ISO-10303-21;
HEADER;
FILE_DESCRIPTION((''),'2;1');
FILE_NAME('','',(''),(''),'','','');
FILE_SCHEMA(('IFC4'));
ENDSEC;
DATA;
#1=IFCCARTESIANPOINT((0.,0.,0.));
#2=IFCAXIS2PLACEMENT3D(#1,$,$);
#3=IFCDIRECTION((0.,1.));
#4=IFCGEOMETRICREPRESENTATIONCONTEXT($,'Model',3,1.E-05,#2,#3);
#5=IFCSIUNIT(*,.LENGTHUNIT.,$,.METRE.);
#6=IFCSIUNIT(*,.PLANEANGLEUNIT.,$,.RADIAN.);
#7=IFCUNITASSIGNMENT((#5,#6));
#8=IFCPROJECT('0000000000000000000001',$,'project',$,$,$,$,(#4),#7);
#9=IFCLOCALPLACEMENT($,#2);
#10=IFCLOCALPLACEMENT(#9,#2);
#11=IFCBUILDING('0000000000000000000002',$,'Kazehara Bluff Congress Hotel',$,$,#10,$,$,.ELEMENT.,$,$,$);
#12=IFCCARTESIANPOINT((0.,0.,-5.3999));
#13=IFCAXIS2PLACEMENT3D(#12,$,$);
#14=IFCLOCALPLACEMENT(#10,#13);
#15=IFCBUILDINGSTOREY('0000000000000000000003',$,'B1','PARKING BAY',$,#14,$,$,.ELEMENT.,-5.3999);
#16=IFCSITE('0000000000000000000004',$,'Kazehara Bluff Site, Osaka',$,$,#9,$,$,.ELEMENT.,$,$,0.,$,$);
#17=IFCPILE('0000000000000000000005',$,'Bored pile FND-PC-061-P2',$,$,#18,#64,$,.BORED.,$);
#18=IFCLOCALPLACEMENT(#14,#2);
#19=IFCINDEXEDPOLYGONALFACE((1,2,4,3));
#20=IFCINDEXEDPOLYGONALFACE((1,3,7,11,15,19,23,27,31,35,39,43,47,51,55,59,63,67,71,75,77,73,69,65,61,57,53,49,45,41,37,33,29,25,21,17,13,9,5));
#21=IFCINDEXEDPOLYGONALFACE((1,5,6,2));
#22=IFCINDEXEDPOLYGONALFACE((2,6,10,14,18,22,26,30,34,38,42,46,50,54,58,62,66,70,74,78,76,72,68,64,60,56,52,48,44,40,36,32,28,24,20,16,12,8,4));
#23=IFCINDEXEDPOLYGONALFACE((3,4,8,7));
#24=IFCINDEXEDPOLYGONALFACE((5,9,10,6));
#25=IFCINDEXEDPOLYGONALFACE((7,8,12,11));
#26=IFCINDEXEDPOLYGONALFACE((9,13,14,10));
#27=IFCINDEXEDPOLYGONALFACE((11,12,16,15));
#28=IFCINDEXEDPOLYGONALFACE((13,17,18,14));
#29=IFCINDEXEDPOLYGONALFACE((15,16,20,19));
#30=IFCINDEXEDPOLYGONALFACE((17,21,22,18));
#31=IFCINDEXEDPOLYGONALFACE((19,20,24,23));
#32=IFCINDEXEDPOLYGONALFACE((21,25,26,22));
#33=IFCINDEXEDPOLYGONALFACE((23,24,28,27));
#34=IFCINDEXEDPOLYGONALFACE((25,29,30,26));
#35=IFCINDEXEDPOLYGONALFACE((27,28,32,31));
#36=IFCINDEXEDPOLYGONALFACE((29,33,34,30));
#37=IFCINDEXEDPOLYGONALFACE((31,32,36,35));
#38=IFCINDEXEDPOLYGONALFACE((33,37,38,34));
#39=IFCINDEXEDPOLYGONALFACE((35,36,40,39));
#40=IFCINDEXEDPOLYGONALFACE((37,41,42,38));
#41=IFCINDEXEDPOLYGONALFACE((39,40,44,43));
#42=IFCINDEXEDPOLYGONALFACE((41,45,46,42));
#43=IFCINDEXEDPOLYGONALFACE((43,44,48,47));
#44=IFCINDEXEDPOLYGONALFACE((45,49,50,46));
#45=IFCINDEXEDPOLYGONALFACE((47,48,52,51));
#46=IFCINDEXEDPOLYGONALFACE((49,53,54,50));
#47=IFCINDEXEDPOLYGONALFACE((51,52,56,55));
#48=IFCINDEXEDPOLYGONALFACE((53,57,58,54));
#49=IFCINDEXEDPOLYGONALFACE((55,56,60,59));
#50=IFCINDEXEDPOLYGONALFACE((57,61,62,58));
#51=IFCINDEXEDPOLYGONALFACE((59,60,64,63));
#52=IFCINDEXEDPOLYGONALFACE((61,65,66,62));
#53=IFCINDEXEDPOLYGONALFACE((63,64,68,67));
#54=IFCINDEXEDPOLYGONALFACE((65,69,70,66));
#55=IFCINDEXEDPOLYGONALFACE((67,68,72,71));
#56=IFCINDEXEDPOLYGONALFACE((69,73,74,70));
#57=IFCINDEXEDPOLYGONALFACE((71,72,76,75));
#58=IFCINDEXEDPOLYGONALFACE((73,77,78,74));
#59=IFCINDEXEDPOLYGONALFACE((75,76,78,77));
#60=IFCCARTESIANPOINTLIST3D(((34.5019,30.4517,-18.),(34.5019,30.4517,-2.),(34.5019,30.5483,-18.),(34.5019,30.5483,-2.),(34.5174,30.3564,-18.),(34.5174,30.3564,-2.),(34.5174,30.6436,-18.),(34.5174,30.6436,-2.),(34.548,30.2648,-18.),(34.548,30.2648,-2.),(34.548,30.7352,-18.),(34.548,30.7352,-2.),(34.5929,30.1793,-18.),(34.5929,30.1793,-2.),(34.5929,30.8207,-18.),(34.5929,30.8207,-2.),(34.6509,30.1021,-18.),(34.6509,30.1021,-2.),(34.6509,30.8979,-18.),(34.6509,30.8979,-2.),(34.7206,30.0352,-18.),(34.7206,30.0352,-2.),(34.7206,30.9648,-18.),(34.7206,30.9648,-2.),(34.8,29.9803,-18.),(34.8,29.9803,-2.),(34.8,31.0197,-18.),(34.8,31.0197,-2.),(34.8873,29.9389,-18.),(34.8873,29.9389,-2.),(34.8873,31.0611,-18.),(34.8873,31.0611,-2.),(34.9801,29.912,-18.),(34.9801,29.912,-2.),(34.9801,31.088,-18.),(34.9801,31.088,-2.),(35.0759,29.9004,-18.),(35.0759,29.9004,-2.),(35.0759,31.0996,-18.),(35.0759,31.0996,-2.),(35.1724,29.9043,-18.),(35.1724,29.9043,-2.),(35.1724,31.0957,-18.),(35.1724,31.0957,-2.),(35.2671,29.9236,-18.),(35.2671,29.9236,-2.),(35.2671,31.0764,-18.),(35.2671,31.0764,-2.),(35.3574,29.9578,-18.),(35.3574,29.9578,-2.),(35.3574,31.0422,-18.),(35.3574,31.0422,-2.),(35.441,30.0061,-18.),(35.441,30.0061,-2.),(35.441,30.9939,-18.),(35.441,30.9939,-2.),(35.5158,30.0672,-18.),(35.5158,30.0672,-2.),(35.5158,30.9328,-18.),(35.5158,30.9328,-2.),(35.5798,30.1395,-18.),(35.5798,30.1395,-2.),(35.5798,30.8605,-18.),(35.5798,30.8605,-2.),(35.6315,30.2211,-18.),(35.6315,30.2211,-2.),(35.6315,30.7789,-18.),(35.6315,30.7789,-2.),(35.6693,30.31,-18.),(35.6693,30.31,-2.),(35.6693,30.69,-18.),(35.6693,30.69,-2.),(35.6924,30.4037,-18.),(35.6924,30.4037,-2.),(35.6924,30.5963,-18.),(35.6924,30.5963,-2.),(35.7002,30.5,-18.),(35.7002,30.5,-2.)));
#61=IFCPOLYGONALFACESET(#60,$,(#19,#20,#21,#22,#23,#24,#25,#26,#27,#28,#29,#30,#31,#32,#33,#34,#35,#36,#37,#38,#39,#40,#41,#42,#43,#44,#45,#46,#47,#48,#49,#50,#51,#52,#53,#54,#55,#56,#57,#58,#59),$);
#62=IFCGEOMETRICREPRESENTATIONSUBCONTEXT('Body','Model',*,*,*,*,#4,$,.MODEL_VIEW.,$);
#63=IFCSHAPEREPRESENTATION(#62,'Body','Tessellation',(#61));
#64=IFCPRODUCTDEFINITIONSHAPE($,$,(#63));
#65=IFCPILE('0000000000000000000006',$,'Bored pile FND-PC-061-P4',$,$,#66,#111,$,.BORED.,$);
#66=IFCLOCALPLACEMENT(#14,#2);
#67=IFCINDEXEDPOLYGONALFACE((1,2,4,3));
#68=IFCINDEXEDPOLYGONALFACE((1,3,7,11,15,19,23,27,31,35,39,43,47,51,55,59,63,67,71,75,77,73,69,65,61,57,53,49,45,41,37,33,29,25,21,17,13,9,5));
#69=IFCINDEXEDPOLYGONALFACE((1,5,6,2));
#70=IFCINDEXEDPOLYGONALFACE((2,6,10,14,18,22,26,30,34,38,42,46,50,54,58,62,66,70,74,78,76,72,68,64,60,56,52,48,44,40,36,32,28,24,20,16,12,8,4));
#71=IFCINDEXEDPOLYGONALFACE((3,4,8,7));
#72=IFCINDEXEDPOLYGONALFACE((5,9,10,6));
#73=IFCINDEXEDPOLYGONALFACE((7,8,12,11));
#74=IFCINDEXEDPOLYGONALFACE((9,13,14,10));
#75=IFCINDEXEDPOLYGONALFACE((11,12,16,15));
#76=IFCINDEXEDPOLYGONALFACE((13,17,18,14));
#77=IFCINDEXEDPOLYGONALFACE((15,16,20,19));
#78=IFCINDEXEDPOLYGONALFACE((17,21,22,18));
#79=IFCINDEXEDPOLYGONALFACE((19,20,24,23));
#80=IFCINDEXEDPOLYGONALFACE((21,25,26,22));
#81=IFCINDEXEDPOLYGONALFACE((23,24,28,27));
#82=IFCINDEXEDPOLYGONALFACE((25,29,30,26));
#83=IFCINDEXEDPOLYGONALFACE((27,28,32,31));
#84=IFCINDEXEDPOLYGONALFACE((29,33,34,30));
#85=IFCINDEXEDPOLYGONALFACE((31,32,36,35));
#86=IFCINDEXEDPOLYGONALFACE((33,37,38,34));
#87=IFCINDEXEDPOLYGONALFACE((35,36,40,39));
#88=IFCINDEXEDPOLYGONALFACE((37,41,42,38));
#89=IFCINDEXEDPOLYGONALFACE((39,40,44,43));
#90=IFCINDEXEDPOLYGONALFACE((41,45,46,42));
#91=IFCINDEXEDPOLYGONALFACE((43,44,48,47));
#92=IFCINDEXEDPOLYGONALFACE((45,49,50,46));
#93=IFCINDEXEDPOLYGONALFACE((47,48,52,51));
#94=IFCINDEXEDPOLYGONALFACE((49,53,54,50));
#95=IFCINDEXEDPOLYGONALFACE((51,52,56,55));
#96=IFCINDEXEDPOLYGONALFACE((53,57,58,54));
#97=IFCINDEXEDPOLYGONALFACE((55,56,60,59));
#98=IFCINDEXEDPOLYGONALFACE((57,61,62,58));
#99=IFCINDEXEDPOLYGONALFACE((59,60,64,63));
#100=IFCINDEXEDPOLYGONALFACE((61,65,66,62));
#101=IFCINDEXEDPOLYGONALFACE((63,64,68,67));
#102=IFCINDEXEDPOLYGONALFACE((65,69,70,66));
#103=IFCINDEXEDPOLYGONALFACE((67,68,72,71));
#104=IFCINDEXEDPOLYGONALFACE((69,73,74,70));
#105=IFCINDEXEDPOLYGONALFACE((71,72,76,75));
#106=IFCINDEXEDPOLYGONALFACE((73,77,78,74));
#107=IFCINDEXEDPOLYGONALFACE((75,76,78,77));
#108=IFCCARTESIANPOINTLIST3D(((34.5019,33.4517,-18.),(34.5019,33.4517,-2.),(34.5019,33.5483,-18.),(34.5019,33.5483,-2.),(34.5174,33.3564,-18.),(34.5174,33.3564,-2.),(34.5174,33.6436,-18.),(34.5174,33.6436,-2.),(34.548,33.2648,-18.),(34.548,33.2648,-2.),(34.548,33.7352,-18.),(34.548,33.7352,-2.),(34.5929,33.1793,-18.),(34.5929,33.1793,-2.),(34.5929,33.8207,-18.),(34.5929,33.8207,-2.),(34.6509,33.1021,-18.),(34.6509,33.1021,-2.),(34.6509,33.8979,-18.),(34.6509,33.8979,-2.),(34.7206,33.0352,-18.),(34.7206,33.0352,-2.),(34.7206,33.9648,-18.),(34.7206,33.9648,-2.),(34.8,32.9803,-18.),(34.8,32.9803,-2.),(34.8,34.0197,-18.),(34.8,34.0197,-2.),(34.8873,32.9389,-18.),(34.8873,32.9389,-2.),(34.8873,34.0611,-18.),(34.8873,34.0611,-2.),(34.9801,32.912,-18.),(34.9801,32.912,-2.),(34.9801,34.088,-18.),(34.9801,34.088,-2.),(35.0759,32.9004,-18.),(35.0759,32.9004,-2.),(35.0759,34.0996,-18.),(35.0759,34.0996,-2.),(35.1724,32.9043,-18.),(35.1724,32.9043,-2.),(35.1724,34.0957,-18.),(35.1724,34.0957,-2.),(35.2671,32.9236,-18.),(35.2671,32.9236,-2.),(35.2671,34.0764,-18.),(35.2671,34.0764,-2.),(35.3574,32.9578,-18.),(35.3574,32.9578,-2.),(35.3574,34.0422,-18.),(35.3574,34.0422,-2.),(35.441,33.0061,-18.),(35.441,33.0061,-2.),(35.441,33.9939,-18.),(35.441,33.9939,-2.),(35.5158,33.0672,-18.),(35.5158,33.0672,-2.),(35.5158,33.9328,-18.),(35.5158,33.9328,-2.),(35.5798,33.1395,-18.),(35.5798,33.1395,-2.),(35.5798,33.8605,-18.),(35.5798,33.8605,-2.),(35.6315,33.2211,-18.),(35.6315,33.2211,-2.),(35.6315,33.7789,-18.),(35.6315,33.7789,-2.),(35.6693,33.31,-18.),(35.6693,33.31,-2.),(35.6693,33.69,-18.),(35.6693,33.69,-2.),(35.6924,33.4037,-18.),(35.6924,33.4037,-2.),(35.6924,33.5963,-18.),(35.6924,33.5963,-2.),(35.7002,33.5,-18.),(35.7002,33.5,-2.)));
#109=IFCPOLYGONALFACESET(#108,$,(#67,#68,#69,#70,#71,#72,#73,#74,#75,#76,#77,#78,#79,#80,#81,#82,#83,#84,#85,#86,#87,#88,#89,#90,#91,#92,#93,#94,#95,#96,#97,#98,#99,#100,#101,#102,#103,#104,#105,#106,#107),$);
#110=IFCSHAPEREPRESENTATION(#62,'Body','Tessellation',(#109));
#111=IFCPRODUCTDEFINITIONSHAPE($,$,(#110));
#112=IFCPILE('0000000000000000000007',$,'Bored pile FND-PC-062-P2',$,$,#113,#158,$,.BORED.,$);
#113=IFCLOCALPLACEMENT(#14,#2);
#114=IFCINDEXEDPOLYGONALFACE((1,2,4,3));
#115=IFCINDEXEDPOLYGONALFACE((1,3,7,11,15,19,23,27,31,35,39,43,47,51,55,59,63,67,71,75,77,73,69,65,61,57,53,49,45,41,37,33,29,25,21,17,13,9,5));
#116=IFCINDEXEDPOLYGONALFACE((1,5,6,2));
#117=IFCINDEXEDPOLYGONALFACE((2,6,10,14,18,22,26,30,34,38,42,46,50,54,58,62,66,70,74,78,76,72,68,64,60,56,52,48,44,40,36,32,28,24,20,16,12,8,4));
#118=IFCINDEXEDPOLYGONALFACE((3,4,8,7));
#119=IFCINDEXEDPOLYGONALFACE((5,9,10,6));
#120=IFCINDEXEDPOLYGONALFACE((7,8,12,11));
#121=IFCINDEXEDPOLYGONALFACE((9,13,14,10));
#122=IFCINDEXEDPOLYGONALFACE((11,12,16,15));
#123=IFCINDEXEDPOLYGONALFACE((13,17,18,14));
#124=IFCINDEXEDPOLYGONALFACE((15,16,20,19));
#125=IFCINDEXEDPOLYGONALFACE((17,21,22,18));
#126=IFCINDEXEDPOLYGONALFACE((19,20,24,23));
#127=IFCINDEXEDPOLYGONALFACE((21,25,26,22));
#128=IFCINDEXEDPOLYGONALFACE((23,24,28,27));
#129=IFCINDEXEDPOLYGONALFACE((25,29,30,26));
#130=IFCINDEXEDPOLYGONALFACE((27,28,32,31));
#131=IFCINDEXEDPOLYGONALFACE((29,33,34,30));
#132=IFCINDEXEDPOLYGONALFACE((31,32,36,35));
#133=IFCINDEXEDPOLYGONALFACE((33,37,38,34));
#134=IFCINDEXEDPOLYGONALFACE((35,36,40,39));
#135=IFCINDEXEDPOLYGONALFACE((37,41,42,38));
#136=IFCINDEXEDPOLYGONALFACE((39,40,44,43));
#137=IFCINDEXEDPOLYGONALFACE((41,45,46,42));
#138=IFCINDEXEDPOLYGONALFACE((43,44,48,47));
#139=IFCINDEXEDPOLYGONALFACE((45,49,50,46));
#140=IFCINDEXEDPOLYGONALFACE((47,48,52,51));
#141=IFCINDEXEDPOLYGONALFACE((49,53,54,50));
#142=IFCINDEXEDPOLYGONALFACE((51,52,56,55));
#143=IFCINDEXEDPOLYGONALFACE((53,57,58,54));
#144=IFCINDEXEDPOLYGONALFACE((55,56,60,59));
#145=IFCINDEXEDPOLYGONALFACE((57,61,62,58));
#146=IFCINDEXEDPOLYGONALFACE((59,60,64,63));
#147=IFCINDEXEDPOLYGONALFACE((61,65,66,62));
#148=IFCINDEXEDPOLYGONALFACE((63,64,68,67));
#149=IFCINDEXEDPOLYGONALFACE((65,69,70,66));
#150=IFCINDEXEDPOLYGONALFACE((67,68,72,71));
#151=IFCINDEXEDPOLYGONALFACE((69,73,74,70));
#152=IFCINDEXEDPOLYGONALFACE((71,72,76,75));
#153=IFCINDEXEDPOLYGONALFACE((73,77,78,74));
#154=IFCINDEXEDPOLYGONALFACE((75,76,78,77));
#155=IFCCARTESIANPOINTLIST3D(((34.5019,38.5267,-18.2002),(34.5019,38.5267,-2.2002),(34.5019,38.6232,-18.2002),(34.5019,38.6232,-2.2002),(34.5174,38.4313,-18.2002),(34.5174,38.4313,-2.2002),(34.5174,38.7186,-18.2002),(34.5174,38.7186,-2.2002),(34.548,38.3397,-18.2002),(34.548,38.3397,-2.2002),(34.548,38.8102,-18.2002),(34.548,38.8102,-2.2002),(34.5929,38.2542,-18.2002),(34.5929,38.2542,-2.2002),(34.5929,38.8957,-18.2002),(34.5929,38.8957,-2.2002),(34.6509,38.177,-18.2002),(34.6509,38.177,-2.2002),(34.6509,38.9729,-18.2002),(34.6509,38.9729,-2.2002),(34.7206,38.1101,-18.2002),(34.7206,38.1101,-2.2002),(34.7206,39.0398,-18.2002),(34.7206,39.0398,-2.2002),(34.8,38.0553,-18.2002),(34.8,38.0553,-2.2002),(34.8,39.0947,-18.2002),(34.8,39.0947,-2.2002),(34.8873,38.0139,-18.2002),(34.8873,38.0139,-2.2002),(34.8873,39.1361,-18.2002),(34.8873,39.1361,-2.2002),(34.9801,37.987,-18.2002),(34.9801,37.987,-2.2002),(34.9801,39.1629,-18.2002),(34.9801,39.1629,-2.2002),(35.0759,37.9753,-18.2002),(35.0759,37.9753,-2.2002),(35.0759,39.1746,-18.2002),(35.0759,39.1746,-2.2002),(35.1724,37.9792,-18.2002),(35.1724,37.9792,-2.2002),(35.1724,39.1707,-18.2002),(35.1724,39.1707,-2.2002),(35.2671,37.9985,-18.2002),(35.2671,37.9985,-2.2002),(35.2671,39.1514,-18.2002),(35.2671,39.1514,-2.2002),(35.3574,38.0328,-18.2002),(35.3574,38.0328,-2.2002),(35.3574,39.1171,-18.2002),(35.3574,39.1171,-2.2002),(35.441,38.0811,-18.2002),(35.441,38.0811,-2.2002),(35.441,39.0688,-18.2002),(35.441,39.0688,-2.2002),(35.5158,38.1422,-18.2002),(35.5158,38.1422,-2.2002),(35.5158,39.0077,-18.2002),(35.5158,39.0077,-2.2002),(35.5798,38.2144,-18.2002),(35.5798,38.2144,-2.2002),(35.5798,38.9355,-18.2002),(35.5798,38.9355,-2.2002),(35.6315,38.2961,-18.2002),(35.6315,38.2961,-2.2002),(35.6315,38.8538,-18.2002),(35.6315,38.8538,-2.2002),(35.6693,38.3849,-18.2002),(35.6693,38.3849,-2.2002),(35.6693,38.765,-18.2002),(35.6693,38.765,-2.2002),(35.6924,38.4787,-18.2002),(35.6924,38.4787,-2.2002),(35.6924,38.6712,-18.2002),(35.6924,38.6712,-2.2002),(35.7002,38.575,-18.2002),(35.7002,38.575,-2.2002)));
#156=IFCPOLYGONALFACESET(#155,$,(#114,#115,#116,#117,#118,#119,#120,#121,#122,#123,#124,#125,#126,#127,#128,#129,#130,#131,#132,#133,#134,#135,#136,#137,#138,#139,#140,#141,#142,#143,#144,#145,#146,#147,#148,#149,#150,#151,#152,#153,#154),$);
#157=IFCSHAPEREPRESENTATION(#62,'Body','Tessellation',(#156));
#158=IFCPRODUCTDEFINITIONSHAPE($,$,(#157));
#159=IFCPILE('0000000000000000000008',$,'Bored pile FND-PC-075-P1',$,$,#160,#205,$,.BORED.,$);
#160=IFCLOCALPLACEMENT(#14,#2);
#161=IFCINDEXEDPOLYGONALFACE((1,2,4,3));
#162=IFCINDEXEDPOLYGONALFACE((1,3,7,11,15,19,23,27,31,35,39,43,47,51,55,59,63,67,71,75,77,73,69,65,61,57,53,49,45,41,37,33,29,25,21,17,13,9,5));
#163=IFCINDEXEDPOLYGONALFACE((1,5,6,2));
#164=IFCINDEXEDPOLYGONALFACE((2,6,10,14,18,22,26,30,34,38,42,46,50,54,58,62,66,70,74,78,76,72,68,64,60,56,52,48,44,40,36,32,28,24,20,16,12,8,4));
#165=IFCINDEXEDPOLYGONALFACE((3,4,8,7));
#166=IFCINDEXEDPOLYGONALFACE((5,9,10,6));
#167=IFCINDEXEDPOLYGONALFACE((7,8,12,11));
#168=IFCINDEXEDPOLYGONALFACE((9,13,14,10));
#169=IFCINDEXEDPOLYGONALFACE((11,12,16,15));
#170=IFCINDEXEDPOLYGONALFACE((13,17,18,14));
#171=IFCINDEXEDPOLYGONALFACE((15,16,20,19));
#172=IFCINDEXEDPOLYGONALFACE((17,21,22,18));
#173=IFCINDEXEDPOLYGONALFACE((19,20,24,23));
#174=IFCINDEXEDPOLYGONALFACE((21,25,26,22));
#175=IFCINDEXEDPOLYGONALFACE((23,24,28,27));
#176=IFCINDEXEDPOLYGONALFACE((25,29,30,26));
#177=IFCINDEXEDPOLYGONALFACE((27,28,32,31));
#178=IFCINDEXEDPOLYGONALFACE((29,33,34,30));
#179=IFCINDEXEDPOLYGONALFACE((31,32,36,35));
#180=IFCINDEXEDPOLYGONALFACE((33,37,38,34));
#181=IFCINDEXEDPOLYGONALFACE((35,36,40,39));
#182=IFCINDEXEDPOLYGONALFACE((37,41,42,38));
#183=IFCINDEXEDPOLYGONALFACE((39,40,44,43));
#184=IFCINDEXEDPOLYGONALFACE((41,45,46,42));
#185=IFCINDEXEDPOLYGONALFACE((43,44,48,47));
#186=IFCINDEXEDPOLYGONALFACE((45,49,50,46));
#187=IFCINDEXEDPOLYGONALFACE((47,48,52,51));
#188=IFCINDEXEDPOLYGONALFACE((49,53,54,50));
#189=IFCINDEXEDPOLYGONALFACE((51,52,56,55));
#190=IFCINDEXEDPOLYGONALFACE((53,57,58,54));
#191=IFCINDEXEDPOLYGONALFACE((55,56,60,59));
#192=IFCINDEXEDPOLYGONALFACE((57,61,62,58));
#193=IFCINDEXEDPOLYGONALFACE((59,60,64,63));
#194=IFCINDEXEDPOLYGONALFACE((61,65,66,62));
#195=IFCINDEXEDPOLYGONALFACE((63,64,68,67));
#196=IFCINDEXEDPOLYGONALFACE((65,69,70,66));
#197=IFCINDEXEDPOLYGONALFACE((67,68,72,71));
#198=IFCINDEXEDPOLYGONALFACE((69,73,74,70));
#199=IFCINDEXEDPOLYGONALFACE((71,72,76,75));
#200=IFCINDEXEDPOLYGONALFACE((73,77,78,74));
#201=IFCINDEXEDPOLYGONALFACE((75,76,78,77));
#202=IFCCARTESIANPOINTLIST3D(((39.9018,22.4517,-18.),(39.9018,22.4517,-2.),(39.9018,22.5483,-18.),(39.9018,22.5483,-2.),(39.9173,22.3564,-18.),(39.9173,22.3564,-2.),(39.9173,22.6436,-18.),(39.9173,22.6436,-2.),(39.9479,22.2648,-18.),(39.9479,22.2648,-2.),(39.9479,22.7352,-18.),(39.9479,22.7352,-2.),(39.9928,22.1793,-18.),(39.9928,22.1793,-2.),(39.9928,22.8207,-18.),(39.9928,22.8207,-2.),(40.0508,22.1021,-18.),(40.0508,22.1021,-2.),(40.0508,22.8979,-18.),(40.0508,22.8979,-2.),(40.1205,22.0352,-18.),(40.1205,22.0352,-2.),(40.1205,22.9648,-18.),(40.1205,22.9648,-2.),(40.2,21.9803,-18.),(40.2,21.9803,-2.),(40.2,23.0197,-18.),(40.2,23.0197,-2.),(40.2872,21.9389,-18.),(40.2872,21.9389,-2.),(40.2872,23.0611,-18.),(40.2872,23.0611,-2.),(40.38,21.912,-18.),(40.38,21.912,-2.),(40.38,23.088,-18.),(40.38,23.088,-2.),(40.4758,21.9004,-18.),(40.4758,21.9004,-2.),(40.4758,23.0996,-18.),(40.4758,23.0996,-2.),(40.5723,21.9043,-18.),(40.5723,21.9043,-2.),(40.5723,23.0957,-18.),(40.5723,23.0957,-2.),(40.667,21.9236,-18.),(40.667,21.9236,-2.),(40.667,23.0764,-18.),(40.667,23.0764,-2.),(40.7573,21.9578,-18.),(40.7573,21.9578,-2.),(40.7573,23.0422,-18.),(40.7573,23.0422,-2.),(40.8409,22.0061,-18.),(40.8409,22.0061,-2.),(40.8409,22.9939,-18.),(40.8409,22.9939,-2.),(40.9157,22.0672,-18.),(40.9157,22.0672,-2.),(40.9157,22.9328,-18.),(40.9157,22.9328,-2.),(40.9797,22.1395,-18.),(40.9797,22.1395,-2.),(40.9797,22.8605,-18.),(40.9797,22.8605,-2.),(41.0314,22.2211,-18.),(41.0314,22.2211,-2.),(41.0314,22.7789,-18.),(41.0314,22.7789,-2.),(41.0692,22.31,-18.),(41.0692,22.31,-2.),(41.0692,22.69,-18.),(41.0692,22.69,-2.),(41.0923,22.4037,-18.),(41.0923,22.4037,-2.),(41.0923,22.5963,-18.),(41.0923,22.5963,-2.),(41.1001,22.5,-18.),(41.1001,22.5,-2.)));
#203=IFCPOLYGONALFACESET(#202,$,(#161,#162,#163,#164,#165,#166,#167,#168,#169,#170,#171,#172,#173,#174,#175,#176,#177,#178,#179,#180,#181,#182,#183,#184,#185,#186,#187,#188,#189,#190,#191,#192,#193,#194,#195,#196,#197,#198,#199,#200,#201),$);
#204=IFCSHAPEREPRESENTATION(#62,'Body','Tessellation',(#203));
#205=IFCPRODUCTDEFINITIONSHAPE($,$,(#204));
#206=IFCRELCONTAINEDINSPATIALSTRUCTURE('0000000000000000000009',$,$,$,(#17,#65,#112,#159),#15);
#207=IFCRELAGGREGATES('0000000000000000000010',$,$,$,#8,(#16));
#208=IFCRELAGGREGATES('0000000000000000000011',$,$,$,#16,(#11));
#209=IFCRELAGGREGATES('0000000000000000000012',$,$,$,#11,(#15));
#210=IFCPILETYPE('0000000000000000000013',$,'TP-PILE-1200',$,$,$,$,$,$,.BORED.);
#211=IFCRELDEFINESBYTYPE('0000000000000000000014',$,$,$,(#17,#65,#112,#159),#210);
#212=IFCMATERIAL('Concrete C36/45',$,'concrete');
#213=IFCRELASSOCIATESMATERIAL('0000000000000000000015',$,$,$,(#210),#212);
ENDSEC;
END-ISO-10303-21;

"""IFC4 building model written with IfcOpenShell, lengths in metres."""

from ifc_helpers import new_model, si_unit, direction, frame, origin, origin_2d, place, context, subcontext, project, spatial, circle, extrude, material, material_profile, profile_set, type_object, element, save


model = new_model("IFC4")

# Units and contexts
model_context = context("Model", 3, precision=1e-05, world=origin(), true_north=direction((0.0, 1.0)))
body_context = subcontext(model_context, "Body", "Model", "MODEL_VIEW")
ifc_project = project(units=[si_unit("LENGTHUNIT", "METRE"), si_unit("PLANEANGLEUNIT", "RADIAN")], contexts=[model_context])

# Site, building, storey
site_placement = place(None, origin())
site = spatial("IfcSite", under=ifc_project, at=site_placement, Name="Kazehara Bluff Site, Osaka", CompositionType="ELEMENT", RefElevation=0.0)
building_placement = place(site_placement, origin())
building = spatial("IfcBuilding", under=site, at=building_placement, Name="Kazehara Bluff Congress Hotel", CompositionType="ELEMENT")
storey_placement = place(building_placement, frame((0.0, 0.0, -5.3999)))
storey = spatial("IfcBuildingStorey", under=building, at=storey_placement, Name="B1", Description="PARKING BAY", CompositionType="ELEMENT", Elevation=-5.3999)

# Piles
ifc_material_1 = material(Name="Concrete C36/45", Category="concrete")
ifc_material_profile_1 = material_profile(ifc_material_1, circle(Radius=0.6001, at=origin_2d()))
ifc_profile_set_1 = profile_set([ifc_material_profile_1], Name="Concrete C36/45")
pile_type = type_object("IfcPileType", Name="TP-PILE-1200", PredefinedType="BORED", material=ifc_profile_set_1)
for number, where, z_axis, x_axis, name in (
    (1, (35.1001, 30.5, -2.0), (0.0, 0.0, -1.0), (1.0, 0.0, 0.0), "Bored pile FND-PC-061-P2"),
    (2, (35.1001, 33.5, -2.0), (0.0, 0.0, -1.0), (1.0, 0.0, 0.0), "Bored pile FND-PC-061-P4"),
    (3, (35.1001, 38.575, -2.2002), (0.0, 0.0, -1.0), (1.0, 0.0, 0.0), "Bored pile FND-PC-062-P2"),
    (4, (40.5, 22.5, -2.0), (0.0, 0.0, -1.0), (1.0, 0.0, 0.0), "Bored pile FND-PC-075-P1"),
):
    element("IfcPile", number, at=place(storey_placement, frame(where, z_axis=z_axis, x_axis=x_axis)), inside=storey, type_object=pile_type, Name=name, PredefinedType="BORED", context=body_context, shape_type="SweptSolid", body=[
        extrude(circle(Radius=0.6001, at=origin_2d()), origin(), (0.0, 0.0, 1.0), 16.0),
    ])

save(model, "model.ifc")
